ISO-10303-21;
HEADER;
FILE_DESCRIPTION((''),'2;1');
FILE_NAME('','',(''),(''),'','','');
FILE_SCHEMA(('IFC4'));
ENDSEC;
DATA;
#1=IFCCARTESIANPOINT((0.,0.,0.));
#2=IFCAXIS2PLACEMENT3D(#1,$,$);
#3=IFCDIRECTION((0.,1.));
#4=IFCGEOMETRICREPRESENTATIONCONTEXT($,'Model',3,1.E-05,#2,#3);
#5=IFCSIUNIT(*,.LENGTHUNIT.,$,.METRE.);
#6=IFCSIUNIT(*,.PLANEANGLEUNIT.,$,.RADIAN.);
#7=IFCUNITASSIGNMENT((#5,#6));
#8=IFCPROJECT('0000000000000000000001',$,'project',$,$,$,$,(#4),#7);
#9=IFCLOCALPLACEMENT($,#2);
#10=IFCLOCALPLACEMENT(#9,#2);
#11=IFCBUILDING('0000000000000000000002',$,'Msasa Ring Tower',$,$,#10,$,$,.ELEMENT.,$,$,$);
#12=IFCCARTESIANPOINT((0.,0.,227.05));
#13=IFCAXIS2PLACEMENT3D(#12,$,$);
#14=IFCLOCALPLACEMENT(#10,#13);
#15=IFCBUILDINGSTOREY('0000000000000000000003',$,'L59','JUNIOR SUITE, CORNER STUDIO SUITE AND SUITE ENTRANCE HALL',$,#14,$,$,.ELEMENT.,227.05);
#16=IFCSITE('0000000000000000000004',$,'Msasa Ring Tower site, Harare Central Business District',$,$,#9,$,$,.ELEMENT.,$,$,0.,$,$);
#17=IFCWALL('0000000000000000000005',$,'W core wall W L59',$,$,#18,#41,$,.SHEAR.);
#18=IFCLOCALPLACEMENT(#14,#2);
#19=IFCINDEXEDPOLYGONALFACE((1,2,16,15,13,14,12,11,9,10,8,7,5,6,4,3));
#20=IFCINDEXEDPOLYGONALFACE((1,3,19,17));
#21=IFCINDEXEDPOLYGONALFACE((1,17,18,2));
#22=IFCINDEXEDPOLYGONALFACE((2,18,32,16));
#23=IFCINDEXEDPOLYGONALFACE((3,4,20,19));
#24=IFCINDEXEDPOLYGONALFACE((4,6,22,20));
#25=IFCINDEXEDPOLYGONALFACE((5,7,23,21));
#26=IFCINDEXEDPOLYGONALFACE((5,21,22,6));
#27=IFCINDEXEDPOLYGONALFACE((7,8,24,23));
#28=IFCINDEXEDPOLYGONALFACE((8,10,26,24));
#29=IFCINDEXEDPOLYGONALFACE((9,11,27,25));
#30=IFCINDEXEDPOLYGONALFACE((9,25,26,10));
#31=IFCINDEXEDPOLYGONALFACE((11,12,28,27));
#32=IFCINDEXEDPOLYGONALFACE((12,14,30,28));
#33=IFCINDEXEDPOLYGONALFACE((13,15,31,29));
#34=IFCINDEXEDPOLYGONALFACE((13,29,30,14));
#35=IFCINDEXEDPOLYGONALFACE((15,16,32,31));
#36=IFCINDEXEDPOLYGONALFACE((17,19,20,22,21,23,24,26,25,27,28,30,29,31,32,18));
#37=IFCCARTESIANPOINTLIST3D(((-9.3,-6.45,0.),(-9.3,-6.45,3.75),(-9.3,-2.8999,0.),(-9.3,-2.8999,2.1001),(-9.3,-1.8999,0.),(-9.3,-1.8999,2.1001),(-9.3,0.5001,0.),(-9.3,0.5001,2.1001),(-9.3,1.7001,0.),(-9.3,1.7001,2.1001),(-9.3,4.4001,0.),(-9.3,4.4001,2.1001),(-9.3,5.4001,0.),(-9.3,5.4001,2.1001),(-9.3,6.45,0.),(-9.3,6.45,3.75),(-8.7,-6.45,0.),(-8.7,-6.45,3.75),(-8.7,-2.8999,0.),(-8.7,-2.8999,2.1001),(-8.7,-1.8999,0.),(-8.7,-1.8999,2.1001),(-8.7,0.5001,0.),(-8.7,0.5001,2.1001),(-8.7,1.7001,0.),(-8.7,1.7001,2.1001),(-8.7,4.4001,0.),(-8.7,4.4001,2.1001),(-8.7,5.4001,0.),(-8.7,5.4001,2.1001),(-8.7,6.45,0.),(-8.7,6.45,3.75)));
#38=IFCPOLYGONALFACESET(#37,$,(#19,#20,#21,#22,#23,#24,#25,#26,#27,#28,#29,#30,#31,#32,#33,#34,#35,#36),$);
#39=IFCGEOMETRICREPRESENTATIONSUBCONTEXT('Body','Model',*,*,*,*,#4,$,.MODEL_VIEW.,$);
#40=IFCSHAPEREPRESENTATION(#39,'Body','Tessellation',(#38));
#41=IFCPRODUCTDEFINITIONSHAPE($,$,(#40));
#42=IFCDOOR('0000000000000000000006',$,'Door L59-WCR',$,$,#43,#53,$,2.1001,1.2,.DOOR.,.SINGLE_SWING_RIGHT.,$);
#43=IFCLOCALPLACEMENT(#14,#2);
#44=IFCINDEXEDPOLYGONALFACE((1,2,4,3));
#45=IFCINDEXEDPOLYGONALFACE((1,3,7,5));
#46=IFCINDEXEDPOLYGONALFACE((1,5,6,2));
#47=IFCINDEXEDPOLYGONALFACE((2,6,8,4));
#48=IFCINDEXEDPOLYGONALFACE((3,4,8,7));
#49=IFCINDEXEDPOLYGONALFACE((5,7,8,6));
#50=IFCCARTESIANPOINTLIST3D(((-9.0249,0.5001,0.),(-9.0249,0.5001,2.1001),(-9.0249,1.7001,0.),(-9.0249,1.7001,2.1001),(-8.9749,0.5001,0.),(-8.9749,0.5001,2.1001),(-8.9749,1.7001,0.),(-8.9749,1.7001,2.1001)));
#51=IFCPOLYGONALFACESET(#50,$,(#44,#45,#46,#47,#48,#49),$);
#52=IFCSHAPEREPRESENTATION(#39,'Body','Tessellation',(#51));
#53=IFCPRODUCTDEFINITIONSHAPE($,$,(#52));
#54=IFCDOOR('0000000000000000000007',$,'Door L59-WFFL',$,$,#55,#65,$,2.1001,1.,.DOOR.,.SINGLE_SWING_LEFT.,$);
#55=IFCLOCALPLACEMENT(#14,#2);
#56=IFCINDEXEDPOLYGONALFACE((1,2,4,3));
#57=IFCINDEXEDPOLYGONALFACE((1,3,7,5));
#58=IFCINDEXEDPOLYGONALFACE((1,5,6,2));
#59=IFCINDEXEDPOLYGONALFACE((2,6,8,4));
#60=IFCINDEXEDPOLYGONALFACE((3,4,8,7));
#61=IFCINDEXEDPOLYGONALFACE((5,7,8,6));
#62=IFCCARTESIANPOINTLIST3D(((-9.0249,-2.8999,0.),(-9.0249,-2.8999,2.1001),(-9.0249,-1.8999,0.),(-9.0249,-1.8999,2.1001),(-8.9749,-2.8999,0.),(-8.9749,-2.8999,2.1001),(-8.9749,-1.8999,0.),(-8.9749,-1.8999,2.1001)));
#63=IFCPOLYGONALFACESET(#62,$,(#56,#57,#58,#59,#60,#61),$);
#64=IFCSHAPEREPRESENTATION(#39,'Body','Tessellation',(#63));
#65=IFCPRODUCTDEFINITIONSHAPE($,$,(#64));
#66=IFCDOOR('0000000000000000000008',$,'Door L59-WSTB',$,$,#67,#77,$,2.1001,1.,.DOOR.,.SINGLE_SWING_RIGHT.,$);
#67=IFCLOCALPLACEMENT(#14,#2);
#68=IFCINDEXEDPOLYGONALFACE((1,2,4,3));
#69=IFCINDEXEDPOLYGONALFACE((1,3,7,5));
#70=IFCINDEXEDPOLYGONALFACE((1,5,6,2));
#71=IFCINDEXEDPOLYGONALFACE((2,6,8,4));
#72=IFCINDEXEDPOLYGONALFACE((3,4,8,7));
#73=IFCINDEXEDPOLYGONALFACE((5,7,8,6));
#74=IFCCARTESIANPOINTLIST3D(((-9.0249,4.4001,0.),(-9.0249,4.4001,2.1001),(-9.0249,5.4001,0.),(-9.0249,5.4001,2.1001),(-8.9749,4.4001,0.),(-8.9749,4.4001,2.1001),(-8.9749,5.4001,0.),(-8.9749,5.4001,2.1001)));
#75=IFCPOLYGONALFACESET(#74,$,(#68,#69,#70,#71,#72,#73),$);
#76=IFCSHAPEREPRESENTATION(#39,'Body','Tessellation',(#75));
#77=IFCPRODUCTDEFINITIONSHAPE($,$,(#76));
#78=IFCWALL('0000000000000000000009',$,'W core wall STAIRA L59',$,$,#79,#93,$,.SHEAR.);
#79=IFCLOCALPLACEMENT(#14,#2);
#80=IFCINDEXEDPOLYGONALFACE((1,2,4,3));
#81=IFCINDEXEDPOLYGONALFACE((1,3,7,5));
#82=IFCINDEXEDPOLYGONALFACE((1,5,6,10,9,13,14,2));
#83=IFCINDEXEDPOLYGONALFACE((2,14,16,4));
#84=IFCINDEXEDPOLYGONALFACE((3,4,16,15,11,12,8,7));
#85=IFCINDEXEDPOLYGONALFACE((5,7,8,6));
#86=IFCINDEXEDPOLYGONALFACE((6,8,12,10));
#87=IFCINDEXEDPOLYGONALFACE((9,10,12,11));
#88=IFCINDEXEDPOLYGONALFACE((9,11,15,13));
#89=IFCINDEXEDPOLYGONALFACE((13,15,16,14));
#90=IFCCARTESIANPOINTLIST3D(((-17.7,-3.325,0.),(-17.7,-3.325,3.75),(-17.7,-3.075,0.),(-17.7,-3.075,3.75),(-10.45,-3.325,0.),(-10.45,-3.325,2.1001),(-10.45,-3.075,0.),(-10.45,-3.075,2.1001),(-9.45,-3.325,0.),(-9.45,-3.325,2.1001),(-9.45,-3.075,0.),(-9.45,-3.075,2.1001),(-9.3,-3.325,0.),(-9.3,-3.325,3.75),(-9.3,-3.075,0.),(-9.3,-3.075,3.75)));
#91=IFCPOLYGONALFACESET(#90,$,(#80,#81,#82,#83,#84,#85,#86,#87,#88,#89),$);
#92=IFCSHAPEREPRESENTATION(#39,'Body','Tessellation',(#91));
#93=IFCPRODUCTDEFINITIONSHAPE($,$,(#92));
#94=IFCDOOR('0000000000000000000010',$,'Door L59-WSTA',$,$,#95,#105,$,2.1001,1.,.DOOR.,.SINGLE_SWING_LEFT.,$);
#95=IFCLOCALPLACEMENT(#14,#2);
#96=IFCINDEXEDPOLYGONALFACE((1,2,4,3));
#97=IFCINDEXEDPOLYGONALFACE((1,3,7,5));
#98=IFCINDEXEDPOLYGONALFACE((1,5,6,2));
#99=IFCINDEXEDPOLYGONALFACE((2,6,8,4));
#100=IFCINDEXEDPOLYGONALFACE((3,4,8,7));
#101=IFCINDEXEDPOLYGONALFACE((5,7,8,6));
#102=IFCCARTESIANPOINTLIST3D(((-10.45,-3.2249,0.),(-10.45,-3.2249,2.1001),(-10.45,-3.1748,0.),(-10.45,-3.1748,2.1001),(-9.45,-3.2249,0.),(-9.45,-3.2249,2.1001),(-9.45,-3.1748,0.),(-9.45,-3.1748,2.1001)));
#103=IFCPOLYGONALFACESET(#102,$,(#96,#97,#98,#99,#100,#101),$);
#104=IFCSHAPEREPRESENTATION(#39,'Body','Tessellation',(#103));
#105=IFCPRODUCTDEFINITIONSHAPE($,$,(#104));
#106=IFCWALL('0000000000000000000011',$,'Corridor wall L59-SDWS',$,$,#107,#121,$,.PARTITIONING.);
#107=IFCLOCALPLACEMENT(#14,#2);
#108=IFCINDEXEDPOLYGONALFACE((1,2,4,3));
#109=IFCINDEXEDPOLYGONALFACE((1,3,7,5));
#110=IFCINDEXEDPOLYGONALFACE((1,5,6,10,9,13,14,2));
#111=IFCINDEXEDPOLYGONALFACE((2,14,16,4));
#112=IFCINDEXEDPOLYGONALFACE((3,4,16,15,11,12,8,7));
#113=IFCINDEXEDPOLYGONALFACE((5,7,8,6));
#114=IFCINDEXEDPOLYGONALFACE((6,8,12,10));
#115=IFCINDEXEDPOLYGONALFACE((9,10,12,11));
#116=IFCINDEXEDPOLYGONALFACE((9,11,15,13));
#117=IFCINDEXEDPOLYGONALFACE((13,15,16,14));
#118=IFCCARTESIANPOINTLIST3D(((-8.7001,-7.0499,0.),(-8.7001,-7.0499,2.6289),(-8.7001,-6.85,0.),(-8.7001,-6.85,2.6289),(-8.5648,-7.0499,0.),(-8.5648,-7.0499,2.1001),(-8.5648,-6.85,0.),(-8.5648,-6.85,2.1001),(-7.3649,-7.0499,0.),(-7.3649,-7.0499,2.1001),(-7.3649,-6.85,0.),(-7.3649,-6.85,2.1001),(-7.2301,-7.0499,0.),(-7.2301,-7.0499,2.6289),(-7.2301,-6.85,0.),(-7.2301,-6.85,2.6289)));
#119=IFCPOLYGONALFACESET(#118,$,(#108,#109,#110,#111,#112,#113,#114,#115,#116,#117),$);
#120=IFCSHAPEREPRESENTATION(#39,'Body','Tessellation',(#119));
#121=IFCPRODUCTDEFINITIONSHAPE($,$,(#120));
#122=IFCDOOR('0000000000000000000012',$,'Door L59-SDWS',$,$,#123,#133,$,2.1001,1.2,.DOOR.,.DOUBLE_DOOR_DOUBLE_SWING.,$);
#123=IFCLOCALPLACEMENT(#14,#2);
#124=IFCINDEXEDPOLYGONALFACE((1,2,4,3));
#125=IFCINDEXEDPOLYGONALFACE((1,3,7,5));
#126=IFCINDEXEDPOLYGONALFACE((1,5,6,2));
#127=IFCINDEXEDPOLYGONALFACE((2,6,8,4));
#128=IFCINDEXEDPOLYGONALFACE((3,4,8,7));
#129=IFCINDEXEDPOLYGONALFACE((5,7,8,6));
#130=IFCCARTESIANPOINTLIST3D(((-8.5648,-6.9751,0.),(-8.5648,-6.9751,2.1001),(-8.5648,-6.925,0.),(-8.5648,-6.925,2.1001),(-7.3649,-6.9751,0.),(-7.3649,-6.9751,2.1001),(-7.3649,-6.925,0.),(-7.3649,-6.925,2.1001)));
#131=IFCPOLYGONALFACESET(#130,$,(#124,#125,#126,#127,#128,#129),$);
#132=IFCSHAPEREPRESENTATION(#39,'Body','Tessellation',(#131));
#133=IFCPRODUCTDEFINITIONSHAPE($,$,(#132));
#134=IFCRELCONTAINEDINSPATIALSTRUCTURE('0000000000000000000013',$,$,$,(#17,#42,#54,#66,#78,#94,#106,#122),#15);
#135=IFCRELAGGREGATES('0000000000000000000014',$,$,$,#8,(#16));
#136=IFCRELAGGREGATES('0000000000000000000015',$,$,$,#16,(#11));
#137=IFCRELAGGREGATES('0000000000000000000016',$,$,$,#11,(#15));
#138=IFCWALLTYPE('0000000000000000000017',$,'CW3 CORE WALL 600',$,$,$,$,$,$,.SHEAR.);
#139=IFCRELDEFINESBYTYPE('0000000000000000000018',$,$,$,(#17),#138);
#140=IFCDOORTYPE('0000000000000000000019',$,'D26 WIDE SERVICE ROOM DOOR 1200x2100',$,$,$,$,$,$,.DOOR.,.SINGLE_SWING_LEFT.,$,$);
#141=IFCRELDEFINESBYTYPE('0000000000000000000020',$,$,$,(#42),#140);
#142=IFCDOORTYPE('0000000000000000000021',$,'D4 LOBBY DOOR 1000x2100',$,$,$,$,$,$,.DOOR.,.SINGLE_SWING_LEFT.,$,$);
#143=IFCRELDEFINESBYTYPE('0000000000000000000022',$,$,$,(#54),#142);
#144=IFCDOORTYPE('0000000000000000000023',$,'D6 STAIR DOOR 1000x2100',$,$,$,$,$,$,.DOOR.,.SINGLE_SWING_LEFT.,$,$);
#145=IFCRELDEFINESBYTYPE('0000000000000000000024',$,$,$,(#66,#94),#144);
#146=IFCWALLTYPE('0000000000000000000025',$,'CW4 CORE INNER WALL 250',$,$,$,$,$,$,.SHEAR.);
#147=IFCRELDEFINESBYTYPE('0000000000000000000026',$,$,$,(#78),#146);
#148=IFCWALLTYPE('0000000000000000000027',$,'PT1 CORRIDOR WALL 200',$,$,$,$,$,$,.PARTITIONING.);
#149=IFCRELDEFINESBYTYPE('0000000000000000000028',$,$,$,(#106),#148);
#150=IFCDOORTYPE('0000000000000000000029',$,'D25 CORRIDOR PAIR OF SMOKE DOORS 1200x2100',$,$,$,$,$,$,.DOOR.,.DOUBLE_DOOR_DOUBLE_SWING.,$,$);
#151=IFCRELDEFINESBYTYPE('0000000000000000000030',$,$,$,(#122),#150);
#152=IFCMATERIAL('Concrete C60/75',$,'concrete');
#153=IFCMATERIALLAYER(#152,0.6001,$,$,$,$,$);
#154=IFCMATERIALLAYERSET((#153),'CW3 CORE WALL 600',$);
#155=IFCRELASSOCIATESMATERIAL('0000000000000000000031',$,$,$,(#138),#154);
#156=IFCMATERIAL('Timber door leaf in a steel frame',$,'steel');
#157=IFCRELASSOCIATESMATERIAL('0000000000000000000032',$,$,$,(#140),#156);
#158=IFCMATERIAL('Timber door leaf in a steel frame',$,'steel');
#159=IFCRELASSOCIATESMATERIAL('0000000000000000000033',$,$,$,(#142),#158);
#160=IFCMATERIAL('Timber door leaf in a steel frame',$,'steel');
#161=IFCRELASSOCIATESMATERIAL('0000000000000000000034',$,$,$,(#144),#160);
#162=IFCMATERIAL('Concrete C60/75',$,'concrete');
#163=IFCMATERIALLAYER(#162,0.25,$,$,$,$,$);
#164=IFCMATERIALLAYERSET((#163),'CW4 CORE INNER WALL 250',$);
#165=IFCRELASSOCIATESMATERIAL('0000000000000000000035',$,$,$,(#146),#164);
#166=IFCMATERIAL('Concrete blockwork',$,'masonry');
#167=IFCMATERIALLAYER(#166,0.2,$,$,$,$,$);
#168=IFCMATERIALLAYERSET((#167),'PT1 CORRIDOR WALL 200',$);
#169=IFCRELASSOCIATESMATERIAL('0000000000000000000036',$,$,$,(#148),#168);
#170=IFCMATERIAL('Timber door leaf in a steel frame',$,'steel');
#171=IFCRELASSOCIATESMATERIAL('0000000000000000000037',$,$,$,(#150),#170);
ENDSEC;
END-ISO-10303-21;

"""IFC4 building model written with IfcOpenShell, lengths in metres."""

from ifc_helpers import new_model, si_unit, direction, frame, frame_2d, origin, place, context, subcontext, project, spatial, rectangle, extrude, material, layer, layer_set, type_object, element, fill, save


model = new_model("IFC4")

# Units and contexts
model_context = context("Model", 3, precision=1e-05, world=origin(), true_north=direction((0.0, 1.0)))
body_context = subcontext(model_context, "Body", "Model", "MODEL_VIEW")
ifc_project = project(units=[si_unit("LENGTHUNIT", "METRE"), si_unit("PLANEANGLEUNIT", "RADIAN")], contexts=[model_context])

# Site, building, storey
site_placement = place(None, origin())
site = spatial("IfcSite", under=ifc_project, at=site_placement, Name="Msasa Ring Tower site, Harare Central Business District", CompositionType="ELEMENT", RefElevation=0.0)
building_placement = place(site_placement, origin())
building = spatial("IfcBuilding", under=site, at=building_placement, Name="Msasa Ring Tower", CompositionType="ELEMENT")
storey_placement = place(building_placement, frame((0.0, 0.0, 227.05)))
storey = spatial("IfcBuildingStorey", under=building, at=storey_placement, Name="L59", Description="JUNIOR SUITE, CORNER STUDIO SUITE AND SUITE ENTRANCE HALL", CompositionType="ELEMENT", Elevation=227.05)

# Shared definitions
ifc_material_1 = material(Name="Concrete C60/75", Category="concrete")
ifc_layer_1 = layer(ifc_material_1, 0.6001)
ifc_layer_set_1 = layer_set([ifc_layer_1], Name="CW3 CORE WALL 600")
wall_type_1 = type_object("IfcWallType", Name="CW3 CORE WALL 600", PredefinedType="SHEAR", material=ifc_layer_set_1)

# Wall, openings, doors
wall_1_placement = place(storey_placement, frame((-9.0, -6.45, 0.0), z_axis=(0.0, 0.0, 1.0), x_axis=(0.0, 1.0, 0.0)))
wall_1 = element("IfcWall", 1, at=wall_1_placement, inside=storey, type_object=wall_type_1, Name="W core wall W L59", PredefinedType="SHEAR", context=body_context, shape_type="SweptSolid", body=[
    extrude(rectangle(XDim=12.8999, YDim=0.6001, at=frame_2d((6.45, 0.0))), origin(), (0.0, 0.0, 1.0), 3.75),
])
opening_1_placement = place(wall_1_placement, frame((3.55, 0.0, 0.0)))
opening_1 = element("IfcOpeningElement", 2, at=opening_1_placement, cuts=wall_1, PredefinedType="OPENING", context=body_context, shape_type="SweptSolid", body=[
    extrude(rectangle(XDim=1.0, YDim=2.1001, at=frame_2d((0.5, 1.05))), frame((0.0, 0.3101, 0.0), z_axis=(0.0, -1.0, 0.0), x_axis=(1.0, 0.0, 0.0)), (0.0, 0.0, 1.0), 0.6201),
])
opening_2_placement = place(wall_1_placement, frame((6.95, 0.0, 0.0)))
opening_2 = element("IfcOpeningElement", 3, at=opening_2_placement, cuts=wall_1, PredefinedType="OPENING", context=body_context, shape_type="SweptSolid", body=[
    extrude(rectangle(XDim=1.2, YDim=2.1001, at=frame_2d((0.6001, 1.05))), frame((0.0, 0.3101, 0.0), z_axis=(0.0, -1.0, 0.0), x_axis=(1.0, 0.0, 0.0)), (0.0, 0.0, 1.0), 0.6201),
])
opening_3_placement = place(wall_1_placement, frame((10.8501, 0.0, 0.0)))
opening_3 = element("IfcOpeningElement", 4, at=opening_3_placement, cuts=wall_1, PredefinedType="OPENING", context=body_context, shape_type="SweptSolid", body=[
    extrude(rectangle(XDim=1.0, YDim=2.1001, at=frame_2d((0.5, 1.05))), frame((0.0, 0.3101, 0.0), z_axis=(0.0, -1.0, 0.0), x_axis=(1.0, 0.0, 0.0)), (0.0, 0.0, 1.0), 0.6201),
])
ifc_material_2 = material(Name="Timber door leaf in a steel frame", Category="steel")
door_type_1 = type_object("IfcDoorType", Name="D26 WIDE SERVICE ROOM DOOR 1200x2100", OperationType="SINGLE_SWING_LEFT", PredefinedType="DOOR", material=ifc_material_2)
door_1_placement = place(opening_2_placement, origin())
door_1 = element("IfcDoor", 5, at=door_1_placement, inside=storey, type_object=door_type_1, Name="Door L59-WCR", OperationType="SINGLE_SWING_RIGHT", OverallHeight=2.1001, OverallWidth=1.2, PredefinedType="DOOR", context=body_context, shape_type="SweptSolid", body=[
    extrude(rectangle(XDim=1.2, YDim=2.1001, at=frame_2d((0.6001, 1.05))), frame((0.0, 0.0249, 0.0), z_axis=(0.0, -1.0, 0.0), x_axis=(1.0, 0.0, 0.0)), (0.0, 0.0, 1.0), 0.05),
])
fill(opening_2, door_1)
ifc_material_3 = material(Name="Timber door leaf in a steel frame", Category="steel")
door_type_2 = type_object("IfcDoorType", Name="D4 LOBBY DOOR 1000x2100", OperationType="SINGLE_SWING_LEFT", PredefinedType="DOOR", material=ifc_material_3)
door_2_placement = place(opening_1_placement, origin())
door_2 = element("IfcDoor", 6, at=door_2_placement, inside=storey, type_object=door_type_2, Name="Door L59-WFFL", OperationType="SINGLE_SWING_LEFT", OverallHeight=2.1001, OverallWidth=1.0, PredefinedType="DOOR", context=body_context, shape_type="SweptSolid", body=[
    extrude(rectangle(XDim=1.0, YDim=2.1001, at=frame_2d((0.5, 1.05))), frame((0.0, 0.0249, 0.0), z_axis=(0.0, -1.0, 0.0), x_axis=(1.0, 0.0, 0.0)), (0.0, 0.0, 1.0), 0.05),
])
fill(opening_1, door_2)
ifc_material_4 = material(Name="Timber door leaf in a steel frame", Category="steel")
door_type_3 = type_object("IfcDoorType", Name="D6 STAIR DOOR 1000x2100", OperationType="SINGLE_SWING_LEFT", PredefinedType="DOOR", material=ifc_material_4)
door_3_placement = place(opening_3_placement, origin())
door_3 = element("IfcDoor", 7, at=door_3_placement, inside=storey, type_object=door_type_3, Name="Door L59-WSTB", OperationType="SINGLE_SWING_RIGHT", OverallHeight=2.1001, OverallWidth=1.0, PredefinedType="DOOR", context=body_context, shape_type="SweptSolid", body=[
    extrude(rectangle(XDim=1.0, YDim=2.1001, at=frame_2d((0.5, 1.05))), frame((0.0, 0.0249, 0.0), z_axis=(0.0, -1.0, 0.0), x_axis=(1.0, 0.0, 0.0)), (0.0, 0.0, 1.0), 0.05),
])
fill(opening_3, door_3)

# Walls, openings, doors
ifc_material_5 = material(Name="Concrete C60/75", Category="concrete")
ifc_layer_2 = layer(ifc_material_5, 0.25)
ifc_layer_set_2 = layer_set([ifc_layer_2], Name="CW4 CORE INNER WALL 250")
wall_type_2 = type_object("IfcWallType", Name="CW4 CORE INNER WALL 250", PredefinedType="SHEAR", material=ifc_layer_set_2)
wall_2_placement = place(storey_placement, frame((-9.3, -3.2, 0.0), z_axis=(0.0, 0.0, 1.0), x_axis=(-1.0, 0.0, 0.0)))
wall_2 = element("IfcWall", 8, at=wall_2_placement, inside=storey, type_object=wall_type_2, Name="W core wall STAIRA L59", PredefinedType="SHEAR", context=body_context, shape_type="SweptSolid", body=[
    extrude(rectangle(XDim=8.3999, YDim=0.25, at=frame_2d((4.2, 0.0))), origin(), (0.0, 0.0, 1.0), 3.75),
])
opening_4_placement = place(wall_2_placement, frame((0.1499, 0.0, 0.0)))
opening_4 = element("IfcOpeningElement", 9, at=opening_4_placement, cuts=wall_2, PredefinedType="OPENING", context=body_context, shape_type="SweptSolid", body=[
    extrude(rectangle(XDim=1.0, YDim=2.1001, at=frame_2d((0.5, 1.05))), frame((0.0, 0.135, 0.0), z_axis=(0.0, -1.0, 0.0), x_axis=(1.0, 0.0, 0.0)), (0.0, 0.0, 1.0), 0.27),
])
door_4_placement = place(opening_4_placement, origin())
door_4 = element("IfcDoor", 10, at=door_4_placement, inside=storey, type_object=door_type_3, Name="Door L59-WSTA", OperationType="SINGLE_SWING_LEFT", OverallHeight=2.1001, OverallWidth=1.0, PredefinedType="DOOR", context=body_context, shape_type="SweptSolid", body=[
    extrude(rectangle(XDim=1.0, YDim=2.1001, at=frame_2d((0.5, 1.05))), frame((0.0, 0.0249, 0.0), z_axis=(0.0, -1.0, 0.0), x_axis=(1.0, 0.0, 0.0)), (0.0, 0.0, 1.0), 0.05),
])
fill(opening_4, door_4)
ifc_material_6 = material(Name="Concrete blockwork", Category="masonry")
ifc_layer_3 = layer(ifc_material_6, 0.2)
ifc_layer_set_3 = layer_set([ifc_layer_3], Name="PT1 CORRIDOR WALL 200")
wall_type_3 = type_object("IfcWallType", Name="PT1 CORRIDOR WALL 200", PredefinedType="PARTITIONING", material=ifc_layer_set_3)
wall_3_placement = place(storey_placement, frame((-8.7, -6.95, 0.0), z_axis=(0.0, 0.0, 1.0), x_axis=(1.0, 0.0, 0.0)))
wall_3 = element("IfcWall", 11, at=wall_3_placement, inside=storey, type_object=wall_type_3, Name="Corridor wall L59-SDWS", PredefinedType="PARTITIONING", context=body_context, shape_type="SweptSolid", body=[
    extrude(rectangle(XDim=1.47, YDim=0.2, at=frame_2d((0.7349, 0.0))), origin(), (0.0, 0.0, 1.0), 2.6289),
])
opening_5_placement = place(wall_3_placement, frame((0.135, 0.0, 0.0)))
opening_5 = element("IfcOpeningElement", 12, at=opening_5_placement, cuts=wall_3, PredefinedType="OPENING", context=body_context, shape_type="SweptSolid", body=[
    extrude(rectangle(XDim=1.2, YDim=2.1001, at=frame_2d((0.6001, 1.05))), frame((0.0, 0.1099, 0.0), z_axis=(0.0, -1.0, 0.0), x_axis=(1.0, 0.0, 0.0)), (0.0, 0.0, 1.0), 0.22),
])
ifc_material_7 = material(Name="Timber door leaf in a steel frame", Category="steel")
door_type_4 = type_object("IfcDoorType", Name="D25 CORRIDOR PAIR OF SMOKE DOORS 1200x2100", OperationType="DOUBLE_DOOR_DOUBLE_SWING", PredefinedType="DOOR", material=ifc_material_7)
door_5_placement = place(opening_5_placement, origin())
door_5 = element("IfcDoor", 13, at=door_5_placement, inside=storey, type_object=door_type_4, Name="Door L59-SDWS", OperationType="DOUBLE_DOOR_DOUBLE_SWING", OverallHeight=2.1001, OverallWidth=1.2, PredefinedType="DOOR", context=body_context, shape_type="SweptSolid", body=[
    extrude(rectangle(XDim=1.2, YDim=2.1001, at=frame_2d((0.6001, 1.05))), frame((0.0, 0.0249, 0.0), z_axis=(0.0, -1.0, 0.0), x_axis=(1.0, 0.0, 0.0)), (0.0, 0.0, 1.0), 0.05),
])
fill(opening_5, door_5)

save(model, "model.ifc")
